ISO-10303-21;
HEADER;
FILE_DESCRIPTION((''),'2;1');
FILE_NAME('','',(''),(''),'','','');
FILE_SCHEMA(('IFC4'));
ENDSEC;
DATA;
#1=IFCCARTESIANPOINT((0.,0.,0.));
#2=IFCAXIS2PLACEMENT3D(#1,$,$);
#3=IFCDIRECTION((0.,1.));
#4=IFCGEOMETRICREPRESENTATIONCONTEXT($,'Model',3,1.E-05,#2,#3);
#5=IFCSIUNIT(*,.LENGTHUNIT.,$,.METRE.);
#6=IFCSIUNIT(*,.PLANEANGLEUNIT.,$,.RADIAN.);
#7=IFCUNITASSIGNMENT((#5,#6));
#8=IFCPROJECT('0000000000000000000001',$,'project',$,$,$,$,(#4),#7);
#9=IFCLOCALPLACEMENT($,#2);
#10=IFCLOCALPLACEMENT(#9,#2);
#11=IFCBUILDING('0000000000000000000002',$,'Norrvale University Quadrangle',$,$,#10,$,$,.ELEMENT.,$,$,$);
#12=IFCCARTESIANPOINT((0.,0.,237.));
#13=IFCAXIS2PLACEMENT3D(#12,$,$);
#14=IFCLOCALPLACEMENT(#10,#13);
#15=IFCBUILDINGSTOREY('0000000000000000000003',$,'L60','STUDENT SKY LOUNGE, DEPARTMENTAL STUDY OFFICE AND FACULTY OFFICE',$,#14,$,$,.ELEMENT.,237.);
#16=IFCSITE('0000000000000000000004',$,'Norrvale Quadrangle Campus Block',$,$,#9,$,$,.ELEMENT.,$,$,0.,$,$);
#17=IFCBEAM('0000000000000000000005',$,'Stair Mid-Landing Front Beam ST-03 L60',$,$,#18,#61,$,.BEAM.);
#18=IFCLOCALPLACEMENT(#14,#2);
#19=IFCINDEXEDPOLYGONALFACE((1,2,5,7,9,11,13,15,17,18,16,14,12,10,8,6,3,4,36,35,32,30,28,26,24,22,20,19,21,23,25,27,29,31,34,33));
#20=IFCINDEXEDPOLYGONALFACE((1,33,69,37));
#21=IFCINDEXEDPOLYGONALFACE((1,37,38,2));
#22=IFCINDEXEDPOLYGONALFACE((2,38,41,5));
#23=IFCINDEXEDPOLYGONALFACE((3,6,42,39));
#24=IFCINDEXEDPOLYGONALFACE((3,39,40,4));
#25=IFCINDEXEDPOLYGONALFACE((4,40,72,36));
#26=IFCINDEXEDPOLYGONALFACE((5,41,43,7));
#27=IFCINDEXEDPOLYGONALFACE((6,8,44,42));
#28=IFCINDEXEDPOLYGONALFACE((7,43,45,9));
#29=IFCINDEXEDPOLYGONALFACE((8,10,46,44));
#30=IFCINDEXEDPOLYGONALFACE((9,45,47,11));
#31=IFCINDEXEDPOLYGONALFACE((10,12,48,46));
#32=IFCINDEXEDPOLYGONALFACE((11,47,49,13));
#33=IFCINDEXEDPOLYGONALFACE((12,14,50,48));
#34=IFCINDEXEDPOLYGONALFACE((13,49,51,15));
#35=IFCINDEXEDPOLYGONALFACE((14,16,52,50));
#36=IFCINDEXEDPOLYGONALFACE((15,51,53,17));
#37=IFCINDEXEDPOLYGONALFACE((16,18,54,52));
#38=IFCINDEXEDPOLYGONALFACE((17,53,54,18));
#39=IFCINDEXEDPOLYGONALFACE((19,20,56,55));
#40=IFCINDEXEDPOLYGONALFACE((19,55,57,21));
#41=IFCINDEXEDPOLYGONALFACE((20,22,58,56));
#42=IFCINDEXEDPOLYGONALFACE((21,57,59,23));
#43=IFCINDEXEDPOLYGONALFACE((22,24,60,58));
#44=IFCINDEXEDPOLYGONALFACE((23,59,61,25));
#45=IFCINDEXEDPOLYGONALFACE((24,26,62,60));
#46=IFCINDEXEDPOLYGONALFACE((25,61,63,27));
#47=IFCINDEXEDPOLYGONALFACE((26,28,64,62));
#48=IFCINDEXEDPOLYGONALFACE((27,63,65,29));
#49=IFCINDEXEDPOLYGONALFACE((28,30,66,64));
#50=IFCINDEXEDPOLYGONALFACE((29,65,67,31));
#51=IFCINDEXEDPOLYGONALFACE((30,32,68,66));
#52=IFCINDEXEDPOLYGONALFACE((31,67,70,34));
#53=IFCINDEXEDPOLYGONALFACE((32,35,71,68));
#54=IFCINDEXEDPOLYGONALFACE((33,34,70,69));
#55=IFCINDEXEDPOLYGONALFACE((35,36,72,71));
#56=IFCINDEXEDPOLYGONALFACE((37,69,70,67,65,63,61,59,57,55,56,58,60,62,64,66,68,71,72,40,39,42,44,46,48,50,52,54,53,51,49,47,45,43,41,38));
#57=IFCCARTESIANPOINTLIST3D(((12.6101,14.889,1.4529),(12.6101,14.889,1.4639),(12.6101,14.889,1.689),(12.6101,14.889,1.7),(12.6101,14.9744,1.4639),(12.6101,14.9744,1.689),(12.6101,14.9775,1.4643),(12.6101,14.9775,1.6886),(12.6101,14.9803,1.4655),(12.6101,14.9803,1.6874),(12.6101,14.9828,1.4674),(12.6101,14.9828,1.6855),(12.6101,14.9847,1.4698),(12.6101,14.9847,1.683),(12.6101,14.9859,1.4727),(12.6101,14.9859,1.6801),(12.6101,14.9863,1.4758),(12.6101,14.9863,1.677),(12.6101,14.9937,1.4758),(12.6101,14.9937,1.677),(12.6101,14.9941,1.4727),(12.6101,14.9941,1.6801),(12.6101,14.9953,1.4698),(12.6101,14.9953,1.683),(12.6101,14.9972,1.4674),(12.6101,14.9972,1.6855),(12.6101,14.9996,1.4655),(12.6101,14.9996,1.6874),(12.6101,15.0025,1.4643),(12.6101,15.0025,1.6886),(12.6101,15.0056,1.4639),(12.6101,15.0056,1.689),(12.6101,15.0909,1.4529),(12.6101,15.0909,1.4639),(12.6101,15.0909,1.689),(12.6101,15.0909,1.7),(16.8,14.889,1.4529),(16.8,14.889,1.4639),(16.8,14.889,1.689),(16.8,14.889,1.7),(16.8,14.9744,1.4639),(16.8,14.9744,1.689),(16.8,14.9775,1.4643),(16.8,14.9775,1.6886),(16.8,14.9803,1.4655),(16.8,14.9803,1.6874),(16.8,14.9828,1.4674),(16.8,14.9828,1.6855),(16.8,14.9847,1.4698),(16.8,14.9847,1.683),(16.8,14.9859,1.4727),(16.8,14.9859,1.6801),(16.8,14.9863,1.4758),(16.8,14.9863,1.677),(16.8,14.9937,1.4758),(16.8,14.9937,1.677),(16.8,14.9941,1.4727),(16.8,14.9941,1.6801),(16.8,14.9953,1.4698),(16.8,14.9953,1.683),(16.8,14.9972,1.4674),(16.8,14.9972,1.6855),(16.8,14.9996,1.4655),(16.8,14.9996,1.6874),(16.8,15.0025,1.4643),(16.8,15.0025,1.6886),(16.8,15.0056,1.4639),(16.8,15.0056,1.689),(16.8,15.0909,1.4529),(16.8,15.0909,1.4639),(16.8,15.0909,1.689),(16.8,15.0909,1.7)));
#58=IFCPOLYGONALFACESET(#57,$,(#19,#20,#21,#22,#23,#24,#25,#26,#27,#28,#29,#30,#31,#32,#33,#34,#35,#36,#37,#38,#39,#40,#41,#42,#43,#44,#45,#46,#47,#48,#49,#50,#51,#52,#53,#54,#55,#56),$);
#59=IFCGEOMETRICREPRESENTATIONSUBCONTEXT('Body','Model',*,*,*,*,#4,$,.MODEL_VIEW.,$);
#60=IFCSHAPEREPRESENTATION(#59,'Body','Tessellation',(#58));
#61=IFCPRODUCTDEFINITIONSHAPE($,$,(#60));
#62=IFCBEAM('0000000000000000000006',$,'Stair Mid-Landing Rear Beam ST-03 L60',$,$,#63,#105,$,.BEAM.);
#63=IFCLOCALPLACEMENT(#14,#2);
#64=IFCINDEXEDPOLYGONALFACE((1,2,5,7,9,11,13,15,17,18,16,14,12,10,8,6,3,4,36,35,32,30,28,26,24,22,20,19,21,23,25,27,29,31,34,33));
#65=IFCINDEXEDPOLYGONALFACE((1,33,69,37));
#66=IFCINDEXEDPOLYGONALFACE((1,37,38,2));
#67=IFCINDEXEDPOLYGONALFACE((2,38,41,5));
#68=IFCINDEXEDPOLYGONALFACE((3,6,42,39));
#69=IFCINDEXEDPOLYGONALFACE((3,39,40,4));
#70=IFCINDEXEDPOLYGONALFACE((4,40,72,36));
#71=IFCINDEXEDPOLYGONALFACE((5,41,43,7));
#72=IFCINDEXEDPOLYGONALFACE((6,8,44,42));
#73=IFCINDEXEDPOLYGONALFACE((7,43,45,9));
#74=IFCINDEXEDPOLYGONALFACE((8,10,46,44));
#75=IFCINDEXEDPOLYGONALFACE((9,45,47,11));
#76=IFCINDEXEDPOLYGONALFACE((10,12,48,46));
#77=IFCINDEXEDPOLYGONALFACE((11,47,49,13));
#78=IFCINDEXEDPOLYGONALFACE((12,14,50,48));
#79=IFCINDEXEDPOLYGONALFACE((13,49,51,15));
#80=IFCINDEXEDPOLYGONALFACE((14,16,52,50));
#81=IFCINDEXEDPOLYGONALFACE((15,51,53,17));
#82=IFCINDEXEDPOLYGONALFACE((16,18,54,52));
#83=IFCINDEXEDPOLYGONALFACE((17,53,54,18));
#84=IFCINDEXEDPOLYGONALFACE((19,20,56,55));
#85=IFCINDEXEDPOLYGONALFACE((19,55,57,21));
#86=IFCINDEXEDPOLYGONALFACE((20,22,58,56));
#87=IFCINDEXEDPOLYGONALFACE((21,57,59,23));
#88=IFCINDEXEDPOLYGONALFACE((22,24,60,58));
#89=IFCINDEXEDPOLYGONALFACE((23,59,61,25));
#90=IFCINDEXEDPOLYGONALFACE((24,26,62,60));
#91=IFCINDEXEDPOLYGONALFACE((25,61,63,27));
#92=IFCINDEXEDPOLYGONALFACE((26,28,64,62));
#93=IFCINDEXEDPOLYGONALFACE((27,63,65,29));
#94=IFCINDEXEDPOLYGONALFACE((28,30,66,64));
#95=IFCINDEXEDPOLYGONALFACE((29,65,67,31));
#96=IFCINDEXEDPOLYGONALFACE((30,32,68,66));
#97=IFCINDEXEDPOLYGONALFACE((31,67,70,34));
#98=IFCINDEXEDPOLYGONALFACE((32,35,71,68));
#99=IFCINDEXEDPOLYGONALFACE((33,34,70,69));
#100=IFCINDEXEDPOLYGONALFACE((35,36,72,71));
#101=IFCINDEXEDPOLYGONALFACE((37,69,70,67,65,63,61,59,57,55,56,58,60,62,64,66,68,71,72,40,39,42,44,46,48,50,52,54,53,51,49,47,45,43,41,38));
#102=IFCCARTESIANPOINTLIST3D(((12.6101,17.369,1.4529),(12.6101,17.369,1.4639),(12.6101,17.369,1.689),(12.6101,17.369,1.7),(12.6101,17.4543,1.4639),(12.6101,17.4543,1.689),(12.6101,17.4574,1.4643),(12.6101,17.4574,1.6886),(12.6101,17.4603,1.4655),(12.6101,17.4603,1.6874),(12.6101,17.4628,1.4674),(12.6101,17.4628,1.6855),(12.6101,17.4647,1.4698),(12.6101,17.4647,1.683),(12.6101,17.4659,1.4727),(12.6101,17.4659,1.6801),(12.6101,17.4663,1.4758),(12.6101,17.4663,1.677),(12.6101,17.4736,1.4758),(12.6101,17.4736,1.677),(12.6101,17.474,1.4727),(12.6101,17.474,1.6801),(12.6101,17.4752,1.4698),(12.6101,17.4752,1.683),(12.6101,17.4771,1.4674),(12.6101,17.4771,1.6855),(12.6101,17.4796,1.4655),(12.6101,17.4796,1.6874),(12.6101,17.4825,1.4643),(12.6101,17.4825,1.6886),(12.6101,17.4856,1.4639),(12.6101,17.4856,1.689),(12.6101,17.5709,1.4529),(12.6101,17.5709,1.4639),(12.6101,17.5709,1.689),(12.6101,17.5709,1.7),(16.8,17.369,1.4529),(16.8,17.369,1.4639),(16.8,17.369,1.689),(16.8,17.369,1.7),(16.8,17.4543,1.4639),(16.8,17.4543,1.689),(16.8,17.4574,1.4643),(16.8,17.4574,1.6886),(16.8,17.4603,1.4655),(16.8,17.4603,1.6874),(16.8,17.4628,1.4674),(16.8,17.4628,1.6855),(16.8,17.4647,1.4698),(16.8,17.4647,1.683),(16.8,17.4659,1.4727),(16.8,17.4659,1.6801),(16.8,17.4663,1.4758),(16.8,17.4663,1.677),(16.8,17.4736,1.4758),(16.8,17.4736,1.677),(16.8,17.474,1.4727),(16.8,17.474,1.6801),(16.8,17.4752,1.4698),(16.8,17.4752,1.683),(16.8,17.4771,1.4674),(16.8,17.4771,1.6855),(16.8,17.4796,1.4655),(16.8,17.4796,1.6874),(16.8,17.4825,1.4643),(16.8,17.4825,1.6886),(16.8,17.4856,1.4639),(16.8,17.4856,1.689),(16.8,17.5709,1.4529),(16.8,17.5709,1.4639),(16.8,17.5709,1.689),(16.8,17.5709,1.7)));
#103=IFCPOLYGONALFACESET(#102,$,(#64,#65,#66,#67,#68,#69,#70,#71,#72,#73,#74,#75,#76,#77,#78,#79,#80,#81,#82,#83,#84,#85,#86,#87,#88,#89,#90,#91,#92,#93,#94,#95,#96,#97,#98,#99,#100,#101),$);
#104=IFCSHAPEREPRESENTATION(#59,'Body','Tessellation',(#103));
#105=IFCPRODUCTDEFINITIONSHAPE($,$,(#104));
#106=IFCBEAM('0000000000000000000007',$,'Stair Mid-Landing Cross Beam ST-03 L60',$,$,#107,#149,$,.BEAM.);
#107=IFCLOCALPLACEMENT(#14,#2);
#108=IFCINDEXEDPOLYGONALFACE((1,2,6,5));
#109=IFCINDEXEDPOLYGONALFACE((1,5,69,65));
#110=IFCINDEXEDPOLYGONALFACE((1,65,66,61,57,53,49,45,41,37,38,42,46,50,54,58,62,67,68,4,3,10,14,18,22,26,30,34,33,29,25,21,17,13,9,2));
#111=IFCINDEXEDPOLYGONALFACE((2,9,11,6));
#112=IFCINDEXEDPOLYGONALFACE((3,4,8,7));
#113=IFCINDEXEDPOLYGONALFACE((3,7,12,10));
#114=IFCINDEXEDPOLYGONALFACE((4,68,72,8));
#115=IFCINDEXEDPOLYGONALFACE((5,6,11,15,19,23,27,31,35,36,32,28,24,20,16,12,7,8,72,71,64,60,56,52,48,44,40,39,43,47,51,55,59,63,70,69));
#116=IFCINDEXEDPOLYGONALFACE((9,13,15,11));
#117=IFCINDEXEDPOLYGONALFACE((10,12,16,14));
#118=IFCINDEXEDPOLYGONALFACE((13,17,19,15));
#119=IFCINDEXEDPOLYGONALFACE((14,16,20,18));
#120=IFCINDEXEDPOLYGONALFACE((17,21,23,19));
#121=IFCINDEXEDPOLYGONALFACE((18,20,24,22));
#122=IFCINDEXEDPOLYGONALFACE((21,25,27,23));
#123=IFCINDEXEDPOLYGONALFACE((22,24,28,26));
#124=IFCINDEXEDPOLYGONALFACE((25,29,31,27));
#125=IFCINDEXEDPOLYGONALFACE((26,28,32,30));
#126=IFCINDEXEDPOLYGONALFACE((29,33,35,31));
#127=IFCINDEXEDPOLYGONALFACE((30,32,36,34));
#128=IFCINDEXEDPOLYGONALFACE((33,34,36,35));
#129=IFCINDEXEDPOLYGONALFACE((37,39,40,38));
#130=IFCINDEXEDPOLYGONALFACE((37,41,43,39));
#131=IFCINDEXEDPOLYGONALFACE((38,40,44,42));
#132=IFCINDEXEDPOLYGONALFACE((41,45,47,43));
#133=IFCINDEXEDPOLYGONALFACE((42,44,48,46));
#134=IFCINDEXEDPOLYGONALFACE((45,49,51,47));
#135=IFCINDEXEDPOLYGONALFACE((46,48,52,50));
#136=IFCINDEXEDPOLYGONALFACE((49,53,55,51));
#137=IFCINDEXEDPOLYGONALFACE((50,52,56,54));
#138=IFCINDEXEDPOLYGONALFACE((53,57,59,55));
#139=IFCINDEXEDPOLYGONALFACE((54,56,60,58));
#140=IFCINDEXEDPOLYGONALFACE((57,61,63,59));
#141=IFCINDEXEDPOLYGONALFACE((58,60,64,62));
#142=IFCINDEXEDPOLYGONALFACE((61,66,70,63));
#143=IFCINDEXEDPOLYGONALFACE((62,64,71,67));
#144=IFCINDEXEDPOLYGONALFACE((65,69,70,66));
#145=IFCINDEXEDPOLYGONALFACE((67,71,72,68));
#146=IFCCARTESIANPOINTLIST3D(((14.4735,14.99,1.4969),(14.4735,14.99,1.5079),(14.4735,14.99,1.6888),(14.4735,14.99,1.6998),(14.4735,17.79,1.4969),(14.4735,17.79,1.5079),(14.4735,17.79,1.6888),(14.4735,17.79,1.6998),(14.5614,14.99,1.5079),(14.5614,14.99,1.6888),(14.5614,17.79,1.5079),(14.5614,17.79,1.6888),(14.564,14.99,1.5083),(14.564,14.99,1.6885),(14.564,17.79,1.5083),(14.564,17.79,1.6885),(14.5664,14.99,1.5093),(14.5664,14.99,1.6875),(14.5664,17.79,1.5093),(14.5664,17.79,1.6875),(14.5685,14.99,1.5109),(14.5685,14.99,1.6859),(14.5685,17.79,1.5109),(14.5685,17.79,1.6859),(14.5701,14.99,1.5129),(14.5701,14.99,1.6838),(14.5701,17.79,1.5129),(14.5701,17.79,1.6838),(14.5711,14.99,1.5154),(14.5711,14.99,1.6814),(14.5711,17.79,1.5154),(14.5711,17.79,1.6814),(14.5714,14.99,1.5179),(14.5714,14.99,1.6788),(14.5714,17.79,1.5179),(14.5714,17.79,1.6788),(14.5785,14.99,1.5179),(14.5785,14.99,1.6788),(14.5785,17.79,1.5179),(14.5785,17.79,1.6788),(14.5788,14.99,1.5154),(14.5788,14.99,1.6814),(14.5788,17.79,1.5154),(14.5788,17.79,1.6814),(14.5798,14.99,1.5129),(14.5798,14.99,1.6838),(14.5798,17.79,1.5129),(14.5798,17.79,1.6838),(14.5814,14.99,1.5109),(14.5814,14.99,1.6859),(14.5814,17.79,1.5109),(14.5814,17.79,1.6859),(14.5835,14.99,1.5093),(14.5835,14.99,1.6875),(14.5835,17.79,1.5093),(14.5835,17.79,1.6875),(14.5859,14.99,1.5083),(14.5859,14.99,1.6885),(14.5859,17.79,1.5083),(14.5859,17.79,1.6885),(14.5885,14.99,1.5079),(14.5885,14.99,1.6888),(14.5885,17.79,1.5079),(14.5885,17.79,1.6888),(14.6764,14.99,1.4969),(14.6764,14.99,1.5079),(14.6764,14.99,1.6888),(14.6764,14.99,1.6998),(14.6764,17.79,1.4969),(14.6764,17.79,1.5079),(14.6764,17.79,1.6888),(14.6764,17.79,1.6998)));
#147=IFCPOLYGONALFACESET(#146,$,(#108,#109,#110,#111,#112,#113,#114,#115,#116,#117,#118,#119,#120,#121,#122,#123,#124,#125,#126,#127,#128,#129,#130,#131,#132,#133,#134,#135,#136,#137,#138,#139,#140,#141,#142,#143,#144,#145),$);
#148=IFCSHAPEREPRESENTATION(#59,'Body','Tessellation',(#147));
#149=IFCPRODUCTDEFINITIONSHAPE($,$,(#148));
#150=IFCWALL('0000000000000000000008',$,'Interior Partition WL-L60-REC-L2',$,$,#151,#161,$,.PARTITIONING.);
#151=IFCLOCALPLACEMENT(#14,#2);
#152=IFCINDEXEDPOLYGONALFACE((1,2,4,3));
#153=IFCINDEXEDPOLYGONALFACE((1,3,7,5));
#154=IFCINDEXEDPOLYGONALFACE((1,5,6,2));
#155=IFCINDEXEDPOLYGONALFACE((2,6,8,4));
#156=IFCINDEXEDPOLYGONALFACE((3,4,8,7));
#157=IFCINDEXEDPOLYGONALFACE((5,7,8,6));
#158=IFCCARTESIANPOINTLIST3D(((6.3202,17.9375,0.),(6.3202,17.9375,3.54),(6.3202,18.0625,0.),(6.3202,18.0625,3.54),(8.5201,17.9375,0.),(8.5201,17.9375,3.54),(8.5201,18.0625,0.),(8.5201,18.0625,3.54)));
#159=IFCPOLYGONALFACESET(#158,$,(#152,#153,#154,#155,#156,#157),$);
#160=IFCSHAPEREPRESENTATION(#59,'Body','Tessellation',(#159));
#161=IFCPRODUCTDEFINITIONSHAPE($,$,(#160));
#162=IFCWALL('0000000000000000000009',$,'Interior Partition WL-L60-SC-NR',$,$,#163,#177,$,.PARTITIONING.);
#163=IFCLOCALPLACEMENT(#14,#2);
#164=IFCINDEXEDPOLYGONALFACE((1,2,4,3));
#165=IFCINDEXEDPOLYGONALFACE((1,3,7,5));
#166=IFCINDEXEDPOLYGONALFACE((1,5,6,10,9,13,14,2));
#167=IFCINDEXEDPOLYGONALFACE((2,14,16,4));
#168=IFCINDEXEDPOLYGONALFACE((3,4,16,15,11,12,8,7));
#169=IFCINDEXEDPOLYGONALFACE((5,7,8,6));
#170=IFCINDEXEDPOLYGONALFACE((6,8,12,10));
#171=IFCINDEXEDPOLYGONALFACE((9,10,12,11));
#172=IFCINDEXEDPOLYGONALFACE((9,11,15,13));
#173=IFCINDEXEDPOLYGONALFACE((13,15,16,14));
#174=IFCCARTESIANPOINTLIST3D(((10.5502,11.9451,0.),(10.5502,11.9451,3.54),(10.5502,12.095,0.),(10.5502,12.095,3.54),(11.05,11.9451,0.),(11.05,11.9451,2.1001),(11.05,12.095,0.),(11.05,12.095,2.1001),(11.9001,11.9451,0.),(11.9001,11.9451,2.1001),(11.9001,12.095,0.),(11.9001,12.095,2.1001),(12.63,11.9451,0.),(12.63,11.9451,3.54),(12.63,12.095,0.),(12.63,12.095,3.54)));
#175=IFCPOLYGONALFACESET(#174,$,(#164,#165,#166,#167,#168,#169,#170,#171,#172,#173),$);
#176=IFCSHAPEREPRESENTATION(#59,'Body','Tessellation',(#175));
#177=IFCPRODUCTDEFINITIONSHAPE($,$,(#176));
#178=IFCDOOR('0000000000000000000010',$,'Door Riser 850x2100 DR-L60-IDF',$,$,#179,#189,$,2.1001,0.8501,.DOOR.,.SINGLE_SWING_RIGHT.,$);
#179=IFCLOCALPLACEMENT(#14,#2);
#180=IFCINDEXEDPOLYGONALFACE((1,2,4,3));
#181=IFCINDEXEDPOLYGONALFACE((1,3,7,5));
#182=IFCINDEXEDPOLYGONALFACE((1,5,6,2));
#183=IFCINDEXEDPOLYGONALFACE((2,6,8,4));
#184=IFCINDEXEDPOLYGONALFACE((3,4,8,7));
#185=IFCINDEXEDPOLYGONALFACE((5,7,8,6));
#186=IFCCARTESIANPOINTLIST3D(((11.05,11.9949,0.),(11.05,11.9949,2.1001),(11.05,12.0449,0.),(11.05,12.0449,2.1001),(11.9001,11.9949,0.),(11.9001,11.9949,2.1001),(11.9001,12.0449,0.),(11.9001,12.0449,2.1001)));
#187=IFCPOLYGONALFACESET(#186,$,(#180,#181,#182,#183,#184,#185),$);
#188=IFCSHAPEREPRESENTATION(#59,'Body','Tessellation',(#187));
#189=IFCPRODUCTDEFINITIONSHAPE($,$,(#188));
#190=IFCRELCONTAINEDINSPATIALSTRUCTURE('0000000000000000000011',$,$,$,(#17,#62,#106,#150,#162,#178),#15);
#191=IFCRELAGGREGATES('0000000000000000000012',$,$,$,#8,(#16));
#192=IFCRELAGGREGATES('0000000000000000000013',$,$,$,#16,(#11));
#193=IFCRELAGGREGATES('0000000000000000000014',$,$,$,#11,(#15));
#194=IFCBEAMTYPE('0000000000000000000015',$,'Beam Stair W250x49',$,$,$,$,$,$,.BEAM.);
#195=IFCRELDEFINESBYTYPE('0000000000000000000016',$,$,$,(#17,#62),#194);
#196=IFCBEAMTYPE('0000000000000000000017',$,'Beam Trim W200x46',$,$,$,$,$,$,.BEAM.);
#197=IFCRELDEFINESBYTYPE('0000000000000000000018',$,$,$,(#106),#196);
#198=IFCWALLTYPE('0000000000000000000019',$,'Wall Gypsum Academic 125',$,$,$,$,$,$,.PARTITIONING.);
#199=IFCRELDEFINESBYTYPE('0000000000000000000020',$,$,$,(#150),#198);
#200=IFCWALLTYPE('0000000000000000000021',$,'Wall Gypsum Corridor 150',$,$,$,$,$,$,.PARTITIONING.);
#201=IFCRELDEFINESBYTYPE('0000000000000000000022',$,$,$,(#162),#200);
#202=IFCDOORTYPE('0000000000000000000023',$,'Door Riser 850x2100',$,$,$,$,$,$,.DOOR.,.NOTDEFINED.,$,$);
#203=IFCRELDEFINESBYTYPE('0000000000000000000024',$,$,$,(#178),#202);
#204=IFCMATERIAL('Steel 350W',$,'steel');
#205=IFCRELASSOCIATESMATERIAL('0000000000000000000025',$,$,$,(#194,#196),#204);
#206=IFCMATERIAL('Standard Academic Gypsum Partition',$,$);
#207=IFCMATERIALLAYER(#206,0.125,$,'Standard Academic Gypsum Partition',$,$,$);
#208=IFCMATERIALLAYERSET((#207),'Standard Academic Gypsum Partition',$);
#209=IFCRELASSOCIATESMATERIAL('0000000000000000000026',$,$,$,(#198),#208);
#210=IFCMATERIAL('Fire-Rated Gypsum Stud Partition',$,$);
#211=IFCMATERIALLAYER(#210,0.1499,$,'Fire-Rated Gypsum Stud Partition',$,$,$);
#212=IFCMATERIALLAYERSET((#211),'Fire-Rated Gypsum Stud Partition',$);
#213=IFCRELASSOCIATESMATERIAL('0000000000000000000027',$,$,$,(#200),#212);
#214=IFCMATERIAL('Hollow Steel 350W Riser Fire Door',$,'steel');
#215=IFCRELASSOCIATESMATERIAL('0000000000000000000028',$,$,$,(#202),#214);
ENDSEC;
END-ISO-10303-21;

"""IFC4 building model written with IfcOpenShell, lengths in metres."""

from ifc_helpers import new_model, si_unit, direction, frame, frame_2d, origin, origin_2d, place, context, subcontext, project, spatial, rectangle, i_section, extrude, material, layer, layer_set, material_profile, profile_set, type_object, element, fill, save


model = new_model("IFC4")

# Units and contexts
model_context = context("Model", 3, precision=1e-05, world=origin(), true_north=direction((0.0, 1.0)))
body_context = subcontext(model_context, "Body", "Model", "MODEL_VIEW")
ifc_project = project(units=[si_unit("LENGTHUNIT", "METRE"), si_unit("PLANEANGLEUNIT", "RADIAN")], contexts=[model_context])

# Site, building, storey
site_placement = place(None, origin())
site = spatial("IfcSite", under=ifc_project, at=site_placement, Name="Norrvale Quadrangle Campus Block", CompositionType="ELEMENT", RefElevation=0.0)
building_placement = place(site_placement, origin())
building = spatial("IfcBuilding", under=site, at=building_placement, Name="Norrvale University Quadrangle", CompositionType="ELEMENT")
storey_placement = place(building_placement, frame((0.0, 0.0, 237.0)))
storey = spatial("IfcBuildingStorey", under=building, at=storey_placement, Name="L60", Description="STUDENT SKY LOUNGE, DEPARTMENTAL STUDY OFFICE AND FACULTY OFFICE", CompositionType="ELEMENT", Elevation=237.0)

# Beams
ifc_material_1 = material(Name="Steel 350W", Category="steel")
ifc_material_profile_1 = material_profile(ifc_material_1, i_section(OverallWidth=0.2019, OverallDepth=0.2471, WebThickness=0.0073, FlangeThickness=0.011, FilletRadius=0.012, at=origin_2d()), Name="Steel 350W")
ifc_profile_set_1 = profile_set([ifc_material_profile_1], Name="Steel 350W")
beam_type_1 = type_object("IfcBeamType", Name="Beam Stair W250x49", PredefinedType="BEAM", material=ifc_profile_set_1)
for number, where, z_axis, x_axis, name in (
    (1, (12.6101, 14.99, 1.5764), (1.0, 0.0, 0.0), (0.0, 1.0, 0.0), "Stair Mid-Landing Front Beam ST-03 L60"),
    (2, (12.6101, 17.47, 1.5764), (1.0, 0.0, 0.0), (0.0, 1.0, 0.0), "Stair Mid-Landing Rear Beam ST-03 L60"),
):
    element("IfcBeam", number, at=place(storey_placement, frame(where, z_axis=z_axis, x_axis=x_axis)), inside=storey, type_object=beam_type_1, Name=name, PredefinedType="BEAM", context=body_context, shape_type="SweptSolid", body=[
        extrude(i_section(OverallWidth=0.2019, OverallDepth=0.2471, WebThickness=0.0073, FlangeThickness=0.011, FilletRadius=0.012, at=origin_2d()), origin(), (0.0, 0.0, 1.0), 4.1899),
    ])
ifc_material_profile_2 = material_profile(ifc_material_1, i_section(OverallWidth=0.2029, OverallDepth=0.2029, WebThickness=0.0071, FlangeThickness=0.011, FilletRadius=0.01, at=origin_2d()), Name="Steel 350W")
ifc_profile_set_2 = profile_set([ifc_material_profile_2], Name="Steel 350W")
beam_type_2 = type_object("IfcBeamType", Name="Beam Trim W200x46", PredefinedType="BEAM", material=ifc_profile_set_2)
beam_placement = place(storey_placement, frame((14.575, 14.99, 1.5984), z_axis=(0.0, 1.0, 0.0), x_axis=(-1.0, 0.0, 0.0)))
element("IfcBeam", 3, at=beam_placement, inside=storey, type_object=beam_type_2, Name="Stair Mid-Landing Cross Beam ST-03 L60", PredefinedType="BEAM", context=body_context, shape_type="SweptSolid", body=[
    extrude(i_section(OverallWidth=0.2029, OverallDepth=0.2029, WebThickness=0.0071, FlangeThickness=0.011, FilletRadius=0.01, at=origin_2d()), origin(), (0.0, 0.0, 1.0), 2.8),
])

# Wall
ifc_material_2 = material(Name="Standard Academic Gypsum Partition")
ifc_layer_1 = layer(ifc_material_2, 0.125, Name="Standard Academic Gypsum Partition")
ifc_layer_set_1 = layer_set([ifc_layer_1], Name="Standard Academic Gypsum Partition")
wall_type_1 = type_object("IfcWallType", Name="Wall Gypsum Academic 125", PredefinedType="PARTITIONING", material=ifc_layer_set_1)
wall_1_placement = place(storey_placement, frame((6.3201, 18.0, 0.0), z_axis=(0.0, 0.0, 1.0), x_axis=(1.0, 0.0, 0.0)))
element("IfcWall", 4, at=wall_1_placement, inside=storey, type_object=wall_type_1, Name="Interior Partition WL-L60-REC-L2", PredefinedType="PARTITIONING", context=body_context, shape_type="SweptSolid", body=[
    extrude(rectangle(XDim=2.2, YDim=0.125, at=frame_2d((1.1001, 0.0))), origin(), (0.0, 0.0, 1.0), 3.54),
])

# Wall, opening, door
ifc_material_3 = material(Name="Fire-Rated Gypsum Stud Partition")
ifc_layer_2 = layer(ifc_material_3, 0.1499, Name="Fire-Rated Gypsum Stud Partition")
ifc_layer_set_2 = layer_set([ifc_layer_2], Name="Fire-Rated Gypsum Stud Partition")
wall_type_2 = type_object("IfcWallType", Name="Wall Gypsum Corridor 150", PredefinedType="PARTITIONING", material=ifc_layer_set_2)
wall_2_placement = place(storey_placement, frame((10.55, 12.02, 0.0), z_axis=(0.0, 0.0, 1.0), x_axis=(1.0, 0.0, 0.0)))
wall_2 = element("IfcWall", 5, at=wall_2_placement, inside=storey, type_object=wall_type_2, Name="Interior Partition WL-L60-SC-NR", PredefinedType="PARTITIONING", context=body_context, shape_type="SweptSolid", body=[
    extrude(rectangle(XDim=2.0798, YDim=0.1499, at=frame_2d((1.04, 0.0))), origin(), (0.0, 0.0, 1.0), 3.54),
])
opening_1_placement = place(wall_2_placement, frame((0.5, 0.0, 0.0)))
opening_1 = element("IfcOpeningElement", 6, at=opening_1_placement, cuts=wall_2, PredefinedType="OPENING", context=body_context, shape_type="SweptSolid", body=[
    extrude(rectangle(XDim=0.8501, YDim=2.1001, at=frame_2d((0.425, 1.05))), frame((0.0, 0.0869, 0.0), z_axis=(0.0, -1.0, 0.0), x_axis=(1.0, 0.0, 0.0)), (0.0, 0.0, 1.0), 0.1738),
])
ifc_material_4 = material(Name="Hollow Steel 350W Riser Fire Door", Category="steel")
door_type_1 = type_object("IfcDoorType", Name="Door Riser 850x2100", OperationType="NOTDEFINED", PredefinedType="DOOR", material=ifc_material_4)
door_1_placement = place(opening_1_placement, origin())
door_1 = element("IfcDoor", 7, at=door_1_placement, inside=storey, type_object=door_type_1, Name="Door Riser 850x2100 DR-L60-IDF", OperationType="SINGLE_SWING_RIGHT", OverallHeight=2.1001, OverallWidth=0.8501, PredefinedType="DOOR", context=body_context, shape_type="SweptSolid", body=[
    extrude(rectangle(XDim=0.8501, YDim=2.1001, at=frame_2d((0.425, 1.05))), frame((0.0, 0.0249, 0.0), z_axis=(0.0, -1.0, 0.0), x_axis=(1.0, 0.0, 0.0)), (0.0, 0.0, 1.0), 0.05),
])
fill(opening_1, door_1)

save(model, "model.ifc")
